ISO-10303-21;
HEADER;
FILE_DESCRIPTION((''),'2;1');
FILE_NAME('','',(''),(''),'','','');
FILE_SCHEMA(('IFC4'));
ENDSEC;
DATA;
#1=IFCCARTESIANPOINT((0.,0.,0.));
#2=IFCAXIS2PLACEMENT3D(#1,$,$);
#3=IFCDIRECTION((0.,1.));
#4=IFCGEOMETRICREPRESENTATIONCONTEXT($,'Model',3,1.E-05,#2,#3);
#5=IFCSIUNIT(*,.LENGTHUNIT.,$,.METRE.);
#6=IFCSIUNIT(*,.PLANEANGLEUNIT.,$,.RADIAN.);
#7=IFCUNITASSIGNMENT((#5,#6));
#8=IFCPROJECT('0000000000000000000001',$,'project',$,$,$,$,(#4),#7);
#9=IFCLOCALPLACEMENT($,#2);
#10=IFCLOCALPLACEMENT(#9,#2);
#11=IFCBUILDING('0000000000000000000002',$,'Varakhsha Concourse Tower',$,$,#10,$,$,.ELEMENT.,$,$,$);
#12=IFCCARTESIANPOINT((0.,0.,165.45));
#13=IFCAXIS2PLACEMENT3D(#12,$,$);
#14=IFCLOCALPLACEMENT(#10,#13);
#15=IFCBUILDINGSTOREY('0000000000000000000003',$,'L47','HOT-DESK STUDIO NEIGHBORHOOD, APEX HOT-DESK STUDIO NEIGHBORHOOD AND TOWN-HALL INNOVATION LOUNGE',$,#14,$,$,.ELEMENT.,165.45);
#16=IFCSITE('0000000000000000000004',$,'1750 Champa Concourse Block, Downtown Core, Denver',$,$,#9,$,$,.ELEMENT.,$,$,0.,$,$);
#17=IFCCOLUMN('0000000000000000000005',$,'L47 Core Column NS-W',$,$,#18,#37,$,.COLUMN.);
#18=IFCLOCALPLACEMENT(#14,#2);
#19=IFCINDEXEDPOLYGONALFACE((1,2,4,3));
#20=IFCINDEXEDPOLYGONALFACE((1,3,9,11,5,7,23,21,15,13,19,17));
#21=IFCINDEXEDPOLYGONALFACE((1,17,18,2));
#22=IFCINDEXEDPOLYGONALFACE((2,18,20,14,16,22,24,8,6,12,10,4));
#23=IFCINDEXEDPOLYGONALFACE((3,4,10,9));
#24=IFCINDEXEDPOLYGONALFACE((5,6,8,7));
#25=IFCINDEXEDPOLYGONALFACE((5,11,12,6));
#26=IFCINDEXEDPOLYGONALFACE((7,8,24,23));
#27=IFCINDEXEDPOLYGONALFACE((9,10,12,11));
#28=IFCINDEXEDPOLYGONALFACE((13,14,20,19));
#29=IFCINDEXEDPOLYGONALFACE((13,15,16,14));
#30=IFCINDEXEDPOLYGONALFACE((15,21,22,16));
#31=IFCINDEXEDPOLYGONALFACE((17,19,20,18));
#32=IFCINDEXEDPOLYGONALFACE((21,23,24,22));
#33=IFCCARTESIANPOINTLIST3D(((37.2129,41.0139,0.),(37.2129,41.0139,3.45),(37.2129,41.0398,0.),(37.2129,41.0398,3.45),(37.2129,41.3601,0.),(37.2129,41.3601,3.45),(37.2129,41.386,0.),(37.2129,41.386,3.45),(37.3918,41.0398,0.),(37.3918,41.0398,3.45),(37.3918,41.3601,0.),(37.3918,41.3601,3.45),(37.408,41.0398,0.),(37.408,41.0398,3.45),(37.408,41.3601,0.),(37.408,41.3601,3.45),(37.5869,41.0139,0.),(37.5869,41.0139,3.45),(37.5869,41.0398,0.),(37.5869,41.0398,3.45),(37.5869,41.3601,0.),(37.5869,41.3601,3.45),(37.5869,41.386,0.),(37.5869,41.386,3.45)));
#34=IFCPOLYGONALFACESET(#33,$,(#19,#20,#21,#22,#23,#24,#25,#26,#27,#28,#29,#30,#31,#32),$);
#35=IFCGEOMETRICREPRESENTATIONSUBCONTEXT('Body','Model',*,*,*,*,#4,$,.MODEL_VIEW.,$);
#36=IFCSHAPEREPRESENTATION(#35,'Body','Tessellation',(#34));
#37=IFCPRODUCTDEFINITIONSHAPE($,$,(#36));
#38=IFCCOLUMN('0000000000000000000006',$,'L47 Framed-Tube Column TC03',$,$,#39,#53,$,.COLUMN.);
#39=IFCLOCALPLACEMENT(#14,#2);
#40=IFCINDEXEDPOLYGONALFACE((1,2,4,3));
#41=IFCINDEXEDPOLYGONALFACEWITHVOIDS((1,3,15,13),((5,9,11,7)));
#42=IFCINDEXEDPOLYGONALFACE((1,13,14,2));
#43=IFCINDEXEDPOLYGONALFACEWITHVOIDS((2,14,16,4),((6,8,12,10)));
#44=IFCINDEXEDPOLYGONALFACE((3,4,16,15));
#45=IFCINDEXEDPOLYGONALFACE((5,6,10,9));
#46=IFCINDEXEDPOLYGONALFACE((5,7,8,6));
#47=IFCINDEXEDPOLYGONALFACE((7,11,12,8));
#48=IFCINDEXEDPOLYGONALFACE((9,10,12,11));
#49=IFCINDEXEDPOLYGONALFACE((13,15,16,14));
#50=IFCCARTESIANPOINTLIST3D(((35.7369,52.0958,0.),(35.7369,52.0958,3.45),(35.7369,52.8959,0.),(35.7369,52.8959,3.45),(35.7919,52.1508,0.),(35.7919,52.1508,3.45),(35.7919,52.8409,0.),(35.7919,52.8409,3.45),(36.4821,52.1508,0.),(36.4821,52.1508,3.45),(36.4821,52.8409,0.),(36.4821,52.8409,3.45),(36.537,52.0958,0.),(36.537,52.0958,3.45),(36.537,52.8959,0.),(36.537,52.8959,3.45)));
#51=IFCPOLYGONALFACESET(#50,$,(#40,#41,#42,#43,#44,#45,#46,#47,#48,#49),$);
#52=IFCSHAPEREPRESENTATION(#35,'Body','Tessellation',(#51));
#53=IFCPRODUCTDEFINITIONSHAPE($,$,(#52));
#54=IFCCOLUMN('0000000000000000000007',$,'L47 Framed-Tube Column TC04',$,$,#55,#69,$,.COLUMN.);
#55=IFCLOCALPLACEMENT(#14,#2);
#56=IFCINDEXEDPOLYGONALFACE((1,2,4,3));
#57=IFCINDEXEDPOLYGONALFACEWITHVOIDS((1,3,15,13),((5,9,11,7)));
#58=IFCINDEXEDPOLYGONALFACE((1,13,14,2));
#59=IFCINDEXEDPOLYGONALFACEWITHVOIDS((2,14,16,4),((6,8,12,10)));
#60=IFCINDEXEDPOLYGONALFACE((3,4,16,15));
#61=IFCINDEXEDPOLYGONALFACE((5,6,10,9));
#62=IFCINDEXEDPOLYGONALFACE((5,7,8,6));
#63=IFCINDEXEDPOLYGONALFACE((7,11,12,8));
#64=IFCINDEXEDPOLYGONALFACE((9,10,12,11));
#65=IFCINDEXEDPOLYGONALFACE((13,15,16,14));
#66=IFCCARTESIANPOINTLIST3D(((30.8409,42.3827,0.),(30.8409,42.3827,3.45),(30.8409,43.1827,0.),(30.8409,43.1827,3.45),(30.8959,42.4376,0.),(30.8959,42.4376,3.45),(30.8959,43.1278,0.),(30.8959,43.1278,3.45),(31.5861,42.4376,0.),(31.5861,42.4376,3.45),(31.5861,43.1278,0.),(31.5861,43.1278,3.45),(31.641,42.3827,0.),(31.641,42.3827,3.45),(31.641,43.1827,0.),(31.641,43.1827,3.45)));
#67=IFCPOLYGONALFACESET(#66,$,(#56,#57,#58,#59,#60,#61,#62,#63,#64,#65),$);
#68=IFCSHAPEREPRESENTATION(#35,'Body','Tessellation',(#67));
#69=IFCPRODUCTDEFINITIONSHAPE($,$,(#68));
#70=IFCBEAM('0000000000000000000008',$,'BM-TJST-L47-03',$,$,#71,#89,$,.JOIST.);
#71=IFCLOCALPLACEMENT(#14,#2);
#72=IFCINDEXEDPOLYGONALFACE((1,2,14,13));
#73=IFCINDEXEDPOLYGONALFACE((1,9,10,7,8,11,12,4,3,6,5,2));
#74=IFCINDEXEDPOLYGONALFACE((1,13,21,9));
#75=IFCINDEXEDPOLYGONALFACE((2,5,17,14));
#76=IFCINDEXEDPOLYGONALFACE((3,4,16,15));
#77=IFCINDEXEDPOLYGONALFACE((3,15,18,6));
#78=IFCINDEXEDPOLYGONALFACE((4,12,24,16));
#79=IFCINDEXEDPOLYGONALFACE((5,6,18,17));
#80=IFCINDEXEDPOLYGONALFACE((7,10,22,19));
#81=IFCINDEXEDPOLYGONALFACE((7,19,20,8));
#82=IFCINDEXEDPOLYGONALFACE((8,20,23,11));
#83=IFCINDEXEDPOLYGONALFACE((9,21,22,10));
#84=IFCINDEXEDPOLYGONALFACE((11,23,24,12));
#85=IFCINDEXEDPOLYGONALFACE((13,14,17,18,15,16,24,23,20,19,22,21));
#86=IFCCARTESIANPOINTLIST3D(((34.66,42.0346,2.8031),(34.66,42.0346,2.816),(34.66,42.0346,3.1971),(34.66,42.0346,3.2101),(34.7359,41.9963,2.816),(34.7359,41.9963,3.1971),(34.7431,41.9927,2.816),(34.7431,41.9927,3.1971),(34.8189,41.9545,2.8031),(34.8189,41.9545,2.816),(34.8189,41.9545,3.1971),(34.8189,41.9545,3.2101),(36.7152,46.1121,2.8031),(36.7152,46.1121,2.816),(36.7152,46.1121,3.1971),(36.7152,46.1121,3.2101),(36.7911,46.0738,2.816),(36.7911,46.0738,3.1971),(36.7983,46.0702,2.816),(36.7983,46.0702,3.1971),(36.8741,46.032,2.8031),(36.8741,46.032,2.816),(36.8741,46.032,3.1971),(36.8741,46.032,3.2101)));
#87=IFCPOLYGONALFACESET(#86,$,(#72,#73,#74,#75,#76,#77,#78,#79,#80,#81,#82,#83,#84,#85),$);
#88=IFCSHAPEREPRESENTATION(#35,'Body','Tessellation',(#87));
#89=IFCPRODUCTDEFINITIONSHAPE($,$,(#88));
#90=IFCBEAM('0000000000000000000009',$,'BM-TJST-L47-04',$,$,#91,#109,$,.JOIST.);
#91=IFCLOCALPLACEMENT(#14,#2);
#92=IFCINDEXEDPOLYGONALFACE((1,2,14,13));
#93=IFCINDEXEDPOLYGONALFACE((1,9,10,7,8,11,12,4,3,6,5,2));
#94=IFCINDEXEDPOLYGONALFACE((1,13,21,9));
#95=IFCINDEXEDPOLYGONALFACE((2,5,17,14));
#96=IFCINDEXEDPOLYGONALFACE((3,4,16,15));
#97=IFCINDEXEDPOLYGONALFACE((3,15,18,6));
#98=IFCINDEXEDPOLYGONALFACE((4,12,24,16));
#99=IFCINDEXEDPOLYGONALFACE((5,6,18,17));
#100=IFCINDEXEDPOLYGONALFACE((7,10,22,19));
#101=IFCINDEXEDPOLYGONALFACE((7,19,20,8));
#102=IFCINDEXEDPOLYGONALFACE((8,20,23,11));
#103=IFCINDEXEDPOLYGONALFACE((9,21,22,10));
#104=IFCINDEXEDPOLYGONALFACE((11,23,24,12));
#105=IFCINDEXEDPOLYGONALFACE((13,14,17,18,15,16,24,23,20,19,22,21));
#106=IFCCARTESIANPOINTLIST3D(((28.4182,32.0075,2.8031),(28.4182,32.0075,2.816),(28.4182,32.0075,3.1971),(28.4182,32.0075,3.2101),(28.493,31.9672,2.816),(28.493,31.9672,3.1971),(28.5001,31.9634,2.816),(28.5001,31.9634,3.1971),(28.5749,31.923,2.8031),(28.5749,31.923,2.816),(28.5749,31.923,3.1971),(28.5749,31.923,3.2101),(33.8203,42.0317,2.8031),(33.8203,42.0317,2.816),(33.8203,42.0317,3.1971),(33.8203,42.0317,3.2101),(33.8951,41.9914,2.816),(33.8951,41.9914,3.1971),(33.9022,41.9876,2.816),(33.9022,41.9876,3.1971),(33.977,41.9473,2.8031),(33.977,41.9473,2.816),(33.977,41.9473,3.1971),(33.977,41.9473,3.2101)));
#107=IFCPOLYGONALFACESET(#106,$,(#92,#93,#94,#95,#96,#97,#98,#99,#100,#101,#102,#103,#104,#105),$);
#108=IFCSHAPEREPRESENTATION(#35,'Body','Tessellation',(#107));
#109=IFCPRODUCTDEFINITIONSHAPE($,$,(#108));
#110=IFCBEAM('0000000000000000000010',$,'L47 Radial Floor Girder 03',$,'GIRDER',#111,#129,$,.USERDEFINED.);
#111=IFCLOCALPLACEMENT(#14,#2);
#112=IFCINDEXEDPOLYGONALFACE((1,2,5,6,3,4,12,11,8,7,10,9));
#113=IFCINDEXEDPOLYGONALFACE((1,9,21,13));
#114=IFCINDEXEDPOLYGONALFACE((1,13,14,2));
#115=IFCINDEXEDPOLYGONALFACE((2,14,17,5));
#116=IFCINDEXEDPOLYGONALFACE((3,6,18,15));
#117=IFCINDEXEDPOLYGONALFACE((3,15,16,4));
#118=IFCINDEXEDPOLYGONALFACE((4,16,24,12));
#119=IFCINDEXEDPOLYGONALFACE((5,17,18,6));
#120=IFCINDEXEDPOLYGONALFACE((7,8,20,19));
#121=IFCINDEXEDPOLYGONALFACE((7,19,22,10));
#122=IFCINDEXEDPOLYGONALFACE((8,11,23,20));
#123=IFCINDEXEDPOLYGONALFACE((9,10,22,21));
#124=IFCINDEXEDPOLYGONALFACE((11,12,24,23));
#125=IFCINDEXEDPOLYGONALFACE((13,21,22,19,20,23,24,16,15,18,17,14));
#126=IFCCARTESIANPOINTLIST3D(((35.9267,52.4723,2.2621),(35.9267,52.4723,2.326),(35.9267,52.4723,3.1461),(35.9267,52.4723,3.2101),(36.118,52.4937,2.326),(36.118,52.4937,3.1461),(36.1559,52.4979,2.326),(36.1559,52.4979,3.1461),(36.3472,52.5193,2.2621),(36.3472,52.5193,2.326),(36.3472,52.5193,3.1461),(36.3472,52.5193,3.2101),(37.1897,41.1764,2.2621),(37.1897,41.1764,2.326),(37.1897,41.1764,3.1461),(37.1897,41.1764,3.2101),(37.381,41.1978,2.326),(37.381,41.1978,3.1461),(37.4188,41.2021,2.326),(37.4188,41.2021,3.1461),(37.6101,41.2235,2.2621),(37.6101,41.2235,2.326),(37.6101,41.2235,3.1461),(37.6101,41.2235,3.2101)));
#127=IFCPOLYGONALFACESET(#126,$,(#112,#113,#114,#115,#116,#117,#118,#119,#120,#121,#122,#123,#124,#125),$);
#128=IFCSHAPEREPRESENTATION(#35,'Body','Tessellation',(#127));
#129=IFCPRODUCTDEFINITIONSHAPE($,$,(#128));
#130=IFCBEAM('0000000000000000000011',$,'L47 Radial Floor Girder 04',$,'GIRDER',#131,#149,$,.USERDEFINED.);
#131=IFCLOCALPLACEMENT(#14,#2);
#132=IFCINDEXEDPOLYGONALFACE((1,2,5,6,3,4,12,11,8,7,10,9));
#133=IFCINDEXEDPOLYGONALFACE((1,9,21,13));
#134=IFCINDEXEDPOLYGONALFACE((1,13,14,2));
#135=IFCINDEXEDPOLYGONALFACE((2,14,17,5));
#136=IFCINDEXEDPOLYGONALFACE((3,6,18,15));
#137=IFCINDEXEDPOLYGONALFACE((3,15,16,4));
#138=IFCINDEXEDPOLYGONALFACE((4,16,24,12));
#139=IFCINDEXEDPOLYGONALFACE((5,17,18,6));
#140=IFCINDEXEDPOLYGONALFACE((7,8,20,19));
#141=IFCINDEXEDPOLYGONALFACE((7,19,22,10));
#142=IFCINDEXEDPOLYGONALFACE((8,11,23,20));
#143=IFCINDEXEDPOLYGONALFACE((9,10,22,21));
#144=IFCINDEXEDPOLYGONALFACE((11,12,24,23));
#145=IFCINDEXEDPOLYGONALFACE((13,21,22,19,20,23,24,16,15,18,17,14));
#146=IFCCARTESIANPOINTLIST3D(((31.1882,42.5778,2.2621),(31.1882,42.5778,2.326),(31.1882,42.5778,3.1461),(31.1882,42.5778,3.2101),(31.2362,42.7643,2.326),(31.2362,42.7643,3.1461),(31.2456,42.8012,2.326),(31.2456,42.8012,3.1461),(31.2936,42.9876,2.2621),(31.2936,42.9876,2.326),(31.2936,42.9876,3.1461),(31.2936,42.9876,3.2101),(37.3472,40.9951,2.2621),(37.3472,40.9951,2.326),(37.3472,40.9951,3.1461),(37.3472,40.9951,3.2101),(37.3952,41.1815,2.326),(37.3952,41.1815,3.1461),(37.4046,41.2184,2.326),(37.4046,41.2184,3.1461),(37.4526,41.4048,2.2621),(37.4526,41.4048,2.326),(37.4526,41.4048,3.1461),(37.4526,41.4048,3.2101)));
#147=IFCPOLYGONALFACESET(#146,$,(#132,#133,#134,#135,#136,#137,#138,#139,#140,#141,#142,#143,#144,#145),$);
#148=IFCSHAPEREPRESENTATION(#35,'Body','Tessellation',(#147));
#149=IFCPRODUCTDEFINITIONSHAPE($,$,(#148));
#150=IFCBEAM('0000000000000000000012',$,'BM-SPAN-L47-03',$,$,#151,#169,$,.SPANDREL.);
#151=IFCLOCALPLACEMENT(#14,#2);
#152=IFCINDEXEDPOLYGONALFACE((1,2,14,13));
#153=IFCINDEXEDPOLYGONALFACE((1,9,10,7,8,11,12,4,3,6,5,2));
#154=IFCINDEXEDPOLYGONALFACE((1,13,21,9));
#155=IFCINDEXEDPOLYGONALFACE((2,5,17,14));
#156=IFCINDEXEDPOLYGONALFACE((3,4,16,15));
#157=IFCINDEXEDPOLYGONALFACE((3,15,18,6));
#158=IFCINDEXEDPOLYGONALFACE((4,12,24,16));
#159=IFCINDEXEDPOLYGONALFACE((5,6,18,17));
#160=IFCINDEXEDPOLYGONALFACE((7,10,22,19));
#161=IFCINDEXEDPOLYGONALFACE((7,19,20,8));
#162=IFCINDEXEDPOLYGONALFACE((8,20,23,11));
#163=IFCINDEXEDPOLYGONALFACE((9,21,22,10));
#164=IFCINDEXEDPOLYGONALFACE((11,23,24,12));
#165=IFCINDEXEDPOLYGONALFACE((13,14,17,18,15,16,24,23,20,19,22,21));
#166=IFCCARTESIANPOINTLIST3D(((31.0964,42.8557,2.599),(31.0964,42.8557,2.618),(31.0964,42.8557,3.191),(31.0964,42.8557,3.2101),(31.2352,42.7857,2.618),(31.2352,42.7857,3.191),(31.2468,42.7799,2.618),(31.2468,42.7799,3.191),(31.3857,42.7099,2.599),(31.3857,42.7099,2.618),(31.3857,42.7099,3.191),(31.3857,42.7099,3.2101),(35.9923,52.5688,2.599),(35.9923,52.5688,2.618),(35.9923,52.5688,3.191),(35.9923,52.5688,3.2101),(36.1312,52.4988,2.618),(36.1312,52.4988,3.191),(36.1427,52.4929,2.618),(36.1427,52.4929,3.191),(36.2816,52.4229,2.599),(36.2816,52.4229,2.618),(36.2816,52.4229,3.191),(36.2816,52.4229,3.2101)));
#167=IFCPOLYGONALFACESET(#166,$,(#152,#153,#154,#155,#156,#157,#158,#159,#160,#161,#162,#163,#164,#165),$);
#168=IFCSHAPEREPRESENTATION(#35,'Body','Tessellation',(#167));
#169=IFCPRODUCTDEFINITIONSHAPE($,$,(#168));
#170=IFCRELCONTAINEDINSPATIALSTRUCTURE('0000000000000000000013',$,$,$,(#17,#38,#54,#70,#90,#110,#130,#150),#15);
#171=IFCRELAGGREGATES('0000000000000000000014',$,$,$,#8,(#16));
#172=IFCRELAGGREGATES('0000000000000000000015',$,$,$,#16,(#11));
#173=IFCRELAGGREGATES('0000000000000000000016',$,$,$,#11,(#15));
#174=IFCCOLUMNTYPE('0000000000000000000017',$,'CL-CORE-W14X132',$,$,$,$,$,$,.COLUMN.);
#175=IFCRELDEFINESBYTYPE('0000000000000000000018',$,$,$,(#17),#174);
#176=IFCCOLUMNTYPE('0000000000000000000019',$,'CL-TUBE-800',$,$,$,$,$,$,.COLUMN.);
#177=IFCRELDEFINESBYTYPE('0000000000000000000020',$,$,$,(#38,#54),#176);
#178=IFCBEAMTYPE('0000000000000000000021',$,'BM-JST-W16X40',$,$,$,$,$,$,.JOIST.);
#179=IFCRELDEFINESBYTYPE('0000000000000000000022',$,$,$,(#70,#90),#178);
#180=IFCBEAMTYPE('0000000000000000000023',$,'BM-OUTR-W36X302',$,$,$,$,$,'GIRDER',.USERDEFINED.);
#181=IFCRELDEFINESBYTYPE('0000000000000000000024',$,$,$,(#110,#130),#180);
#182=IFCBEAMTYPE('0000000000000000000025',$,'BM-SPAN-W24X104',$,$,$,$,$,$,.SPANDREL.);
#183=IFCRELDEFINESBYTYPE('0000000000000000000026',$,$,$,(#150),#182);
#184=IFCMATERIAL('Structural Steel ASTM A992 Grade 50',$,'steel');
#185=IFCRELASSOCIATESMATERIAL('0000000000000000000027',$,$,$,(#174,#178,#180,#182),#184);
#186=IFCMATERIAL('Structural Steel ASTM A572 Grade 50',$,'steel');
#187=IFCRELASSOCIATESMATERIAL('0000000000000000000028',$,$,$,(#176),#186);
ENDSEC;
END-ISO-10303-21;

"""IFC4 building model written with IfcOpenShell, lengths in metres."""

from ifc_helpers import new_model, si_unit, direction, frame, origin, origin_2d, place, context, subcontext, project, spatial, hollow_rectangle, i_section, extrude, material, material_profile, profile_set, type_object, element, save


model = new_model("IFC4")

# Units and contexts
model_context = context("Model", 3, precision=1e-05, world=origin(), true_north=direction((0.0, 1.0)))
body_context = subcontext(model_context, "Body", "Model", "MODEL_VIEW")
ifc_project = project(units=[si_unit("LENGTHUNIT", "METRE"), si_unit("PLANEANGLEUNIT", "RADIAN")], contexts=[model_context])

# Site, building, storey
site_placement = place(None, origin())
site = spatial("IfcSite", under=ifc_project, at=site_placement, Name="1750 Champa Concourse Block, Downtown Core, Denver", CompositionType="ELEMENT", RefElevation=0.0)
building_placement = place(site_placement, origin())
building = spatial("IfcBuilding", under=site, at=building_placement, Name="Varakhsha Concourse Tower", CompositionType="ELEMENT")
storey_placement = place(building_placement, frame((0.0, 0.0, 165.45)))
storey = spatial("IfcBuildingStorey", under=building, at=storey_placement, Name="L47", Description="HOT-DESK STUDIO NEIGHBORHOOD, APEX HOT-DESK STUDIO NEIGHBORHOOD AND TOWN-HALL INNOVATION LOUNGE", CompositionType="ELEMENT", Elevation=165.45)

# Columns
ifc_material_1 = material(Name="Structural Steel ASTM A992 Grade 50", Category="steel")
ifc_material_profile_1 = material_profile(ifc_material_1, i_section(OverallWidth=0.374, OverallDepth=0.3721, WebThickness=0.0161, FlangeThickness=0.0259, at=origin_2d()), Name="W14X132")
ifc_profile_set_1 = profile_set([ifc_material_profile_1], Name="Structural Steel ASTM A992 Grade 50")
column_type_1 = type_object("IfcColumnType", Name="CL-CORE-W14X132", PredefinedType="COLUMN", material=ifc_profile_set_1)
column_placement = place(storey_placement, frame((37.3999, 41.2, 0.0), z_axis=(0.0, 0.0, 1.0), x_axis=(1.0, 0.0, 0.0)))
element("IfcColumn", 1, at=column_placement, inside=storey, type_object=column_type_1, Name="L47 Core Column NS-W", PredefinedType="COLUMN", context=body_context, shape_type="SweptSolid", body=[
    extrude(i_section(OverallWidth=0.374, OverallDepth=0.3721, WebThickness=0.0161, FlangeThickness=0.0259, at=origin_2d()), origin(), (0.0, 0.0, 1.0), 3.45),
])
ifc_material_2 = material(Name="Structural Steel ASTM A572 Grade 50", Category="steel")
ifc_material_profile_2 = material_profile(ifc_material_2, hollow_rectangle(XDim=0.8, YDim=0.8, WallThickness=0.0549, at=origin_2d()), Name="BOX 800x800x55")
ifc_profile_set_2 = profile_set([ifc_material_profile_2], Name="Structural Steel ASTM A572 Grade 50")
column_type_2 = type_object("IfcColumnType", Name="CL-TUBE-800", PredefinedType="COLUMN", material=ifc_profile_set_2)
for number, where, z_axis, x_axis, name in (
    (2, (36.137, 52.4958, 0.0), (0.0, 0.0, 1.0), (1.0, 0.0, 0.0), "L47 Framed-Tube Column TC03"),
    (3, (31.241, 42.7827, 0.0), (0.0, 0.0, 1.0), (1.0, 0.0, 0.0), "L47 Framed-Tube Column TC04"),
):
    element("IfcColumn", number, at=place(storey_placement, frame(where, z_axis=z_axis, x_axis=x_axis)), inside=storey, type_object=column_type_2, Name=name, PredefinedType="COLUMN", context=body_context, shape_type="SweptSolid", body=[
        extrude(hollow_rectangle(XDim=0.8, YDim=0.8, WallThickness=0.0549, at=origin_2d()), origin(), (0.0, 0.0, 1.0), 3.45),
    ])

# Beams
ifc_material_profile_3 = material_profile(ifc_material_1, i_section(OverallWidth=0.178, OverallDepth=0.407, WebThickness=0.0081, FlangeThickness=0.0129, at=origin_2d()), Name="W16X40")
ifc_profile_set_3 = profile_set([ifc_material_profile_3], Name="Structural Steel ASTM A992 Grade 50")
beam_type_1 = type_object("IfcBeamType", Name="BM-JST-W16X40", PredefinedType="JOIST", material=ifc_profile_set_3)
beam_1_placement = place(storey_placement, frame((36.7947, 46.072, 3.0066), z_axis=(-0.450099, -0.892979, 0.0), x_axis=(0.892979, -0.450099, 0.0)))
element("IfcBeam", 4, at=beam_1_placement, inside=storey, type_object=beam_type_1, Name="BM-TJST-L47-03", PredefinedType="JOIST", context=body_context, shape_type="SweptSolid", body=[
    extrude(i_section(OverallWidth=0.178, OverallDepth=0.407, WebThickness=0.0081, FlangeThickness=0.0129, at=origin_2d()), origin(), (0.0, 0.0, 1.0), 4.5662),
])
beam_2_placement = place(storey_placement, frame((33.8987, 41.9895, 3.0066), z_axis=(-0.474404, -0.880307, 0.0), x_axis=(0.880307, -0.474404, 0.0)))
element("IfcBeam", 5, at=beam_2_placement, inside=storey, type_object=beam_type_1, Name="BM-TJST-L47-04", PredefinedType="JOIST", context=body_context, shape_type="SweptSolid", body=[
    extrude(i_section(OverallWidth=0.178, OverallDepth=0.407, WebThickness=0.0081, FlangeThickness=0.0129, at=origin_2d()), origin(), (0.0, 0.0, 1.0), 11.3872),
])
ifc_material_profile_4 = material_profile(ifc_material_1, i_section(OverallWidth=0.4231, OverallDepth=0.948, WebThickness=0.0381, FlangeThickness=0.064, at=origin_2d()), Name="W36X302")
ifc_profile_set_4 = profile_set([ifc_material_profile_4], Name="Structural Steel ASTM A992 Grade 50")
beam_type_2 = type_object("IfcBeamType", Name="BM-OUTR-W36X302", ElementType="GIRDER", PredefinedType="USERDEFINED", material=ifc_profile_set_4)
beam_3_placement = place(storey_placement, frame((37.3999, 41.2, 2.7361), z_axis=(-0.111113, 0.993808, 0.0), x_axis=(-0.993808, -0.111113, 0.0)))
element("IfcBeam", 6, at=beam_3_placement, inside=storey, type_object=beam_type_2, Name="L47 Radial Floor Girder 03", ObjectType="GIRDER", PredefinedType="USERDEFINED", context=body_context, shape_type="SweptSolid", body=[
    extrude(i_section(OverallWidth=0.4231, OverallDepth=0.948, WebThickness=0.0381, FlangeThickness=0.064, at=origin_2d()), origin(), (0.0, 0.0, 1.0), 11.3662),
])
beam_4_placement = place(storey_placement, frame((37.3999, 41.2, 2.7361), z_axis=(-0.968529, 0.248899, 0.0), x_axis=(-0.248899, -0.968529, 0.0)))
element("IfcBeam", 7, at=beam_4_placement, inside=storey, type_object=beam_type_2, Name="L47 Radial Floor Girder 04", ObjectType="GIRDER", PredefinedType="USERDEFINED", context=body_context, shape_type="SweptSolid", body=[
    extrude(i_section(OverallWidth=0.4231, OverallDepth=0.948, WebThickness=0.0381, FlangeThickness=0.064, at=origin_2d()), origin(), (0.0, 0.0, 1.0), 6.3591),
])
ifc_material_profile_5 = material_profile(ifc_material_1, i_section(OverallWidth=0.324, OverallDepth=0.6111, WebThickness=0.0129, FlangeThickness=0.019, at=origin_2d()), Name="W24X104")
ifc_profile_set_5 = profile_set([ifc_material_profile_5], Name="Structural Steel ASTM A992 Grade 50")
beam_type_3 = type_object("IfcBeamType", Name="BM-SPAN-W24X104", PredefinedType="SPANDREL", material=ifc_profile_set_5)
beam_5_placement = place(storey_placement, frame((36.137, 52.4958, 2.9045), z_axis=(-0.450111, -0.892973, 0.0), x_axis=(0.892973, -0.450111, 0.0)))
element("IfcBeam", 8, at=beam_5_placement, inside=storey, type_object=beam_type_3, Name="BM-SPAN-L47-03", PredefinedType="SPANDREL", context=body_context, shape_type="SweptSolid", body=[
    extrude(i_section(OverallWidth=0.324, OverallDepth=0.6111, WebThickness=0.0129, FlangeThickness=0.019, at=origin_2d()), origin(), (0.0, 0.0, 1.0), 10.8772),
])

save(model, "model.ifc")
